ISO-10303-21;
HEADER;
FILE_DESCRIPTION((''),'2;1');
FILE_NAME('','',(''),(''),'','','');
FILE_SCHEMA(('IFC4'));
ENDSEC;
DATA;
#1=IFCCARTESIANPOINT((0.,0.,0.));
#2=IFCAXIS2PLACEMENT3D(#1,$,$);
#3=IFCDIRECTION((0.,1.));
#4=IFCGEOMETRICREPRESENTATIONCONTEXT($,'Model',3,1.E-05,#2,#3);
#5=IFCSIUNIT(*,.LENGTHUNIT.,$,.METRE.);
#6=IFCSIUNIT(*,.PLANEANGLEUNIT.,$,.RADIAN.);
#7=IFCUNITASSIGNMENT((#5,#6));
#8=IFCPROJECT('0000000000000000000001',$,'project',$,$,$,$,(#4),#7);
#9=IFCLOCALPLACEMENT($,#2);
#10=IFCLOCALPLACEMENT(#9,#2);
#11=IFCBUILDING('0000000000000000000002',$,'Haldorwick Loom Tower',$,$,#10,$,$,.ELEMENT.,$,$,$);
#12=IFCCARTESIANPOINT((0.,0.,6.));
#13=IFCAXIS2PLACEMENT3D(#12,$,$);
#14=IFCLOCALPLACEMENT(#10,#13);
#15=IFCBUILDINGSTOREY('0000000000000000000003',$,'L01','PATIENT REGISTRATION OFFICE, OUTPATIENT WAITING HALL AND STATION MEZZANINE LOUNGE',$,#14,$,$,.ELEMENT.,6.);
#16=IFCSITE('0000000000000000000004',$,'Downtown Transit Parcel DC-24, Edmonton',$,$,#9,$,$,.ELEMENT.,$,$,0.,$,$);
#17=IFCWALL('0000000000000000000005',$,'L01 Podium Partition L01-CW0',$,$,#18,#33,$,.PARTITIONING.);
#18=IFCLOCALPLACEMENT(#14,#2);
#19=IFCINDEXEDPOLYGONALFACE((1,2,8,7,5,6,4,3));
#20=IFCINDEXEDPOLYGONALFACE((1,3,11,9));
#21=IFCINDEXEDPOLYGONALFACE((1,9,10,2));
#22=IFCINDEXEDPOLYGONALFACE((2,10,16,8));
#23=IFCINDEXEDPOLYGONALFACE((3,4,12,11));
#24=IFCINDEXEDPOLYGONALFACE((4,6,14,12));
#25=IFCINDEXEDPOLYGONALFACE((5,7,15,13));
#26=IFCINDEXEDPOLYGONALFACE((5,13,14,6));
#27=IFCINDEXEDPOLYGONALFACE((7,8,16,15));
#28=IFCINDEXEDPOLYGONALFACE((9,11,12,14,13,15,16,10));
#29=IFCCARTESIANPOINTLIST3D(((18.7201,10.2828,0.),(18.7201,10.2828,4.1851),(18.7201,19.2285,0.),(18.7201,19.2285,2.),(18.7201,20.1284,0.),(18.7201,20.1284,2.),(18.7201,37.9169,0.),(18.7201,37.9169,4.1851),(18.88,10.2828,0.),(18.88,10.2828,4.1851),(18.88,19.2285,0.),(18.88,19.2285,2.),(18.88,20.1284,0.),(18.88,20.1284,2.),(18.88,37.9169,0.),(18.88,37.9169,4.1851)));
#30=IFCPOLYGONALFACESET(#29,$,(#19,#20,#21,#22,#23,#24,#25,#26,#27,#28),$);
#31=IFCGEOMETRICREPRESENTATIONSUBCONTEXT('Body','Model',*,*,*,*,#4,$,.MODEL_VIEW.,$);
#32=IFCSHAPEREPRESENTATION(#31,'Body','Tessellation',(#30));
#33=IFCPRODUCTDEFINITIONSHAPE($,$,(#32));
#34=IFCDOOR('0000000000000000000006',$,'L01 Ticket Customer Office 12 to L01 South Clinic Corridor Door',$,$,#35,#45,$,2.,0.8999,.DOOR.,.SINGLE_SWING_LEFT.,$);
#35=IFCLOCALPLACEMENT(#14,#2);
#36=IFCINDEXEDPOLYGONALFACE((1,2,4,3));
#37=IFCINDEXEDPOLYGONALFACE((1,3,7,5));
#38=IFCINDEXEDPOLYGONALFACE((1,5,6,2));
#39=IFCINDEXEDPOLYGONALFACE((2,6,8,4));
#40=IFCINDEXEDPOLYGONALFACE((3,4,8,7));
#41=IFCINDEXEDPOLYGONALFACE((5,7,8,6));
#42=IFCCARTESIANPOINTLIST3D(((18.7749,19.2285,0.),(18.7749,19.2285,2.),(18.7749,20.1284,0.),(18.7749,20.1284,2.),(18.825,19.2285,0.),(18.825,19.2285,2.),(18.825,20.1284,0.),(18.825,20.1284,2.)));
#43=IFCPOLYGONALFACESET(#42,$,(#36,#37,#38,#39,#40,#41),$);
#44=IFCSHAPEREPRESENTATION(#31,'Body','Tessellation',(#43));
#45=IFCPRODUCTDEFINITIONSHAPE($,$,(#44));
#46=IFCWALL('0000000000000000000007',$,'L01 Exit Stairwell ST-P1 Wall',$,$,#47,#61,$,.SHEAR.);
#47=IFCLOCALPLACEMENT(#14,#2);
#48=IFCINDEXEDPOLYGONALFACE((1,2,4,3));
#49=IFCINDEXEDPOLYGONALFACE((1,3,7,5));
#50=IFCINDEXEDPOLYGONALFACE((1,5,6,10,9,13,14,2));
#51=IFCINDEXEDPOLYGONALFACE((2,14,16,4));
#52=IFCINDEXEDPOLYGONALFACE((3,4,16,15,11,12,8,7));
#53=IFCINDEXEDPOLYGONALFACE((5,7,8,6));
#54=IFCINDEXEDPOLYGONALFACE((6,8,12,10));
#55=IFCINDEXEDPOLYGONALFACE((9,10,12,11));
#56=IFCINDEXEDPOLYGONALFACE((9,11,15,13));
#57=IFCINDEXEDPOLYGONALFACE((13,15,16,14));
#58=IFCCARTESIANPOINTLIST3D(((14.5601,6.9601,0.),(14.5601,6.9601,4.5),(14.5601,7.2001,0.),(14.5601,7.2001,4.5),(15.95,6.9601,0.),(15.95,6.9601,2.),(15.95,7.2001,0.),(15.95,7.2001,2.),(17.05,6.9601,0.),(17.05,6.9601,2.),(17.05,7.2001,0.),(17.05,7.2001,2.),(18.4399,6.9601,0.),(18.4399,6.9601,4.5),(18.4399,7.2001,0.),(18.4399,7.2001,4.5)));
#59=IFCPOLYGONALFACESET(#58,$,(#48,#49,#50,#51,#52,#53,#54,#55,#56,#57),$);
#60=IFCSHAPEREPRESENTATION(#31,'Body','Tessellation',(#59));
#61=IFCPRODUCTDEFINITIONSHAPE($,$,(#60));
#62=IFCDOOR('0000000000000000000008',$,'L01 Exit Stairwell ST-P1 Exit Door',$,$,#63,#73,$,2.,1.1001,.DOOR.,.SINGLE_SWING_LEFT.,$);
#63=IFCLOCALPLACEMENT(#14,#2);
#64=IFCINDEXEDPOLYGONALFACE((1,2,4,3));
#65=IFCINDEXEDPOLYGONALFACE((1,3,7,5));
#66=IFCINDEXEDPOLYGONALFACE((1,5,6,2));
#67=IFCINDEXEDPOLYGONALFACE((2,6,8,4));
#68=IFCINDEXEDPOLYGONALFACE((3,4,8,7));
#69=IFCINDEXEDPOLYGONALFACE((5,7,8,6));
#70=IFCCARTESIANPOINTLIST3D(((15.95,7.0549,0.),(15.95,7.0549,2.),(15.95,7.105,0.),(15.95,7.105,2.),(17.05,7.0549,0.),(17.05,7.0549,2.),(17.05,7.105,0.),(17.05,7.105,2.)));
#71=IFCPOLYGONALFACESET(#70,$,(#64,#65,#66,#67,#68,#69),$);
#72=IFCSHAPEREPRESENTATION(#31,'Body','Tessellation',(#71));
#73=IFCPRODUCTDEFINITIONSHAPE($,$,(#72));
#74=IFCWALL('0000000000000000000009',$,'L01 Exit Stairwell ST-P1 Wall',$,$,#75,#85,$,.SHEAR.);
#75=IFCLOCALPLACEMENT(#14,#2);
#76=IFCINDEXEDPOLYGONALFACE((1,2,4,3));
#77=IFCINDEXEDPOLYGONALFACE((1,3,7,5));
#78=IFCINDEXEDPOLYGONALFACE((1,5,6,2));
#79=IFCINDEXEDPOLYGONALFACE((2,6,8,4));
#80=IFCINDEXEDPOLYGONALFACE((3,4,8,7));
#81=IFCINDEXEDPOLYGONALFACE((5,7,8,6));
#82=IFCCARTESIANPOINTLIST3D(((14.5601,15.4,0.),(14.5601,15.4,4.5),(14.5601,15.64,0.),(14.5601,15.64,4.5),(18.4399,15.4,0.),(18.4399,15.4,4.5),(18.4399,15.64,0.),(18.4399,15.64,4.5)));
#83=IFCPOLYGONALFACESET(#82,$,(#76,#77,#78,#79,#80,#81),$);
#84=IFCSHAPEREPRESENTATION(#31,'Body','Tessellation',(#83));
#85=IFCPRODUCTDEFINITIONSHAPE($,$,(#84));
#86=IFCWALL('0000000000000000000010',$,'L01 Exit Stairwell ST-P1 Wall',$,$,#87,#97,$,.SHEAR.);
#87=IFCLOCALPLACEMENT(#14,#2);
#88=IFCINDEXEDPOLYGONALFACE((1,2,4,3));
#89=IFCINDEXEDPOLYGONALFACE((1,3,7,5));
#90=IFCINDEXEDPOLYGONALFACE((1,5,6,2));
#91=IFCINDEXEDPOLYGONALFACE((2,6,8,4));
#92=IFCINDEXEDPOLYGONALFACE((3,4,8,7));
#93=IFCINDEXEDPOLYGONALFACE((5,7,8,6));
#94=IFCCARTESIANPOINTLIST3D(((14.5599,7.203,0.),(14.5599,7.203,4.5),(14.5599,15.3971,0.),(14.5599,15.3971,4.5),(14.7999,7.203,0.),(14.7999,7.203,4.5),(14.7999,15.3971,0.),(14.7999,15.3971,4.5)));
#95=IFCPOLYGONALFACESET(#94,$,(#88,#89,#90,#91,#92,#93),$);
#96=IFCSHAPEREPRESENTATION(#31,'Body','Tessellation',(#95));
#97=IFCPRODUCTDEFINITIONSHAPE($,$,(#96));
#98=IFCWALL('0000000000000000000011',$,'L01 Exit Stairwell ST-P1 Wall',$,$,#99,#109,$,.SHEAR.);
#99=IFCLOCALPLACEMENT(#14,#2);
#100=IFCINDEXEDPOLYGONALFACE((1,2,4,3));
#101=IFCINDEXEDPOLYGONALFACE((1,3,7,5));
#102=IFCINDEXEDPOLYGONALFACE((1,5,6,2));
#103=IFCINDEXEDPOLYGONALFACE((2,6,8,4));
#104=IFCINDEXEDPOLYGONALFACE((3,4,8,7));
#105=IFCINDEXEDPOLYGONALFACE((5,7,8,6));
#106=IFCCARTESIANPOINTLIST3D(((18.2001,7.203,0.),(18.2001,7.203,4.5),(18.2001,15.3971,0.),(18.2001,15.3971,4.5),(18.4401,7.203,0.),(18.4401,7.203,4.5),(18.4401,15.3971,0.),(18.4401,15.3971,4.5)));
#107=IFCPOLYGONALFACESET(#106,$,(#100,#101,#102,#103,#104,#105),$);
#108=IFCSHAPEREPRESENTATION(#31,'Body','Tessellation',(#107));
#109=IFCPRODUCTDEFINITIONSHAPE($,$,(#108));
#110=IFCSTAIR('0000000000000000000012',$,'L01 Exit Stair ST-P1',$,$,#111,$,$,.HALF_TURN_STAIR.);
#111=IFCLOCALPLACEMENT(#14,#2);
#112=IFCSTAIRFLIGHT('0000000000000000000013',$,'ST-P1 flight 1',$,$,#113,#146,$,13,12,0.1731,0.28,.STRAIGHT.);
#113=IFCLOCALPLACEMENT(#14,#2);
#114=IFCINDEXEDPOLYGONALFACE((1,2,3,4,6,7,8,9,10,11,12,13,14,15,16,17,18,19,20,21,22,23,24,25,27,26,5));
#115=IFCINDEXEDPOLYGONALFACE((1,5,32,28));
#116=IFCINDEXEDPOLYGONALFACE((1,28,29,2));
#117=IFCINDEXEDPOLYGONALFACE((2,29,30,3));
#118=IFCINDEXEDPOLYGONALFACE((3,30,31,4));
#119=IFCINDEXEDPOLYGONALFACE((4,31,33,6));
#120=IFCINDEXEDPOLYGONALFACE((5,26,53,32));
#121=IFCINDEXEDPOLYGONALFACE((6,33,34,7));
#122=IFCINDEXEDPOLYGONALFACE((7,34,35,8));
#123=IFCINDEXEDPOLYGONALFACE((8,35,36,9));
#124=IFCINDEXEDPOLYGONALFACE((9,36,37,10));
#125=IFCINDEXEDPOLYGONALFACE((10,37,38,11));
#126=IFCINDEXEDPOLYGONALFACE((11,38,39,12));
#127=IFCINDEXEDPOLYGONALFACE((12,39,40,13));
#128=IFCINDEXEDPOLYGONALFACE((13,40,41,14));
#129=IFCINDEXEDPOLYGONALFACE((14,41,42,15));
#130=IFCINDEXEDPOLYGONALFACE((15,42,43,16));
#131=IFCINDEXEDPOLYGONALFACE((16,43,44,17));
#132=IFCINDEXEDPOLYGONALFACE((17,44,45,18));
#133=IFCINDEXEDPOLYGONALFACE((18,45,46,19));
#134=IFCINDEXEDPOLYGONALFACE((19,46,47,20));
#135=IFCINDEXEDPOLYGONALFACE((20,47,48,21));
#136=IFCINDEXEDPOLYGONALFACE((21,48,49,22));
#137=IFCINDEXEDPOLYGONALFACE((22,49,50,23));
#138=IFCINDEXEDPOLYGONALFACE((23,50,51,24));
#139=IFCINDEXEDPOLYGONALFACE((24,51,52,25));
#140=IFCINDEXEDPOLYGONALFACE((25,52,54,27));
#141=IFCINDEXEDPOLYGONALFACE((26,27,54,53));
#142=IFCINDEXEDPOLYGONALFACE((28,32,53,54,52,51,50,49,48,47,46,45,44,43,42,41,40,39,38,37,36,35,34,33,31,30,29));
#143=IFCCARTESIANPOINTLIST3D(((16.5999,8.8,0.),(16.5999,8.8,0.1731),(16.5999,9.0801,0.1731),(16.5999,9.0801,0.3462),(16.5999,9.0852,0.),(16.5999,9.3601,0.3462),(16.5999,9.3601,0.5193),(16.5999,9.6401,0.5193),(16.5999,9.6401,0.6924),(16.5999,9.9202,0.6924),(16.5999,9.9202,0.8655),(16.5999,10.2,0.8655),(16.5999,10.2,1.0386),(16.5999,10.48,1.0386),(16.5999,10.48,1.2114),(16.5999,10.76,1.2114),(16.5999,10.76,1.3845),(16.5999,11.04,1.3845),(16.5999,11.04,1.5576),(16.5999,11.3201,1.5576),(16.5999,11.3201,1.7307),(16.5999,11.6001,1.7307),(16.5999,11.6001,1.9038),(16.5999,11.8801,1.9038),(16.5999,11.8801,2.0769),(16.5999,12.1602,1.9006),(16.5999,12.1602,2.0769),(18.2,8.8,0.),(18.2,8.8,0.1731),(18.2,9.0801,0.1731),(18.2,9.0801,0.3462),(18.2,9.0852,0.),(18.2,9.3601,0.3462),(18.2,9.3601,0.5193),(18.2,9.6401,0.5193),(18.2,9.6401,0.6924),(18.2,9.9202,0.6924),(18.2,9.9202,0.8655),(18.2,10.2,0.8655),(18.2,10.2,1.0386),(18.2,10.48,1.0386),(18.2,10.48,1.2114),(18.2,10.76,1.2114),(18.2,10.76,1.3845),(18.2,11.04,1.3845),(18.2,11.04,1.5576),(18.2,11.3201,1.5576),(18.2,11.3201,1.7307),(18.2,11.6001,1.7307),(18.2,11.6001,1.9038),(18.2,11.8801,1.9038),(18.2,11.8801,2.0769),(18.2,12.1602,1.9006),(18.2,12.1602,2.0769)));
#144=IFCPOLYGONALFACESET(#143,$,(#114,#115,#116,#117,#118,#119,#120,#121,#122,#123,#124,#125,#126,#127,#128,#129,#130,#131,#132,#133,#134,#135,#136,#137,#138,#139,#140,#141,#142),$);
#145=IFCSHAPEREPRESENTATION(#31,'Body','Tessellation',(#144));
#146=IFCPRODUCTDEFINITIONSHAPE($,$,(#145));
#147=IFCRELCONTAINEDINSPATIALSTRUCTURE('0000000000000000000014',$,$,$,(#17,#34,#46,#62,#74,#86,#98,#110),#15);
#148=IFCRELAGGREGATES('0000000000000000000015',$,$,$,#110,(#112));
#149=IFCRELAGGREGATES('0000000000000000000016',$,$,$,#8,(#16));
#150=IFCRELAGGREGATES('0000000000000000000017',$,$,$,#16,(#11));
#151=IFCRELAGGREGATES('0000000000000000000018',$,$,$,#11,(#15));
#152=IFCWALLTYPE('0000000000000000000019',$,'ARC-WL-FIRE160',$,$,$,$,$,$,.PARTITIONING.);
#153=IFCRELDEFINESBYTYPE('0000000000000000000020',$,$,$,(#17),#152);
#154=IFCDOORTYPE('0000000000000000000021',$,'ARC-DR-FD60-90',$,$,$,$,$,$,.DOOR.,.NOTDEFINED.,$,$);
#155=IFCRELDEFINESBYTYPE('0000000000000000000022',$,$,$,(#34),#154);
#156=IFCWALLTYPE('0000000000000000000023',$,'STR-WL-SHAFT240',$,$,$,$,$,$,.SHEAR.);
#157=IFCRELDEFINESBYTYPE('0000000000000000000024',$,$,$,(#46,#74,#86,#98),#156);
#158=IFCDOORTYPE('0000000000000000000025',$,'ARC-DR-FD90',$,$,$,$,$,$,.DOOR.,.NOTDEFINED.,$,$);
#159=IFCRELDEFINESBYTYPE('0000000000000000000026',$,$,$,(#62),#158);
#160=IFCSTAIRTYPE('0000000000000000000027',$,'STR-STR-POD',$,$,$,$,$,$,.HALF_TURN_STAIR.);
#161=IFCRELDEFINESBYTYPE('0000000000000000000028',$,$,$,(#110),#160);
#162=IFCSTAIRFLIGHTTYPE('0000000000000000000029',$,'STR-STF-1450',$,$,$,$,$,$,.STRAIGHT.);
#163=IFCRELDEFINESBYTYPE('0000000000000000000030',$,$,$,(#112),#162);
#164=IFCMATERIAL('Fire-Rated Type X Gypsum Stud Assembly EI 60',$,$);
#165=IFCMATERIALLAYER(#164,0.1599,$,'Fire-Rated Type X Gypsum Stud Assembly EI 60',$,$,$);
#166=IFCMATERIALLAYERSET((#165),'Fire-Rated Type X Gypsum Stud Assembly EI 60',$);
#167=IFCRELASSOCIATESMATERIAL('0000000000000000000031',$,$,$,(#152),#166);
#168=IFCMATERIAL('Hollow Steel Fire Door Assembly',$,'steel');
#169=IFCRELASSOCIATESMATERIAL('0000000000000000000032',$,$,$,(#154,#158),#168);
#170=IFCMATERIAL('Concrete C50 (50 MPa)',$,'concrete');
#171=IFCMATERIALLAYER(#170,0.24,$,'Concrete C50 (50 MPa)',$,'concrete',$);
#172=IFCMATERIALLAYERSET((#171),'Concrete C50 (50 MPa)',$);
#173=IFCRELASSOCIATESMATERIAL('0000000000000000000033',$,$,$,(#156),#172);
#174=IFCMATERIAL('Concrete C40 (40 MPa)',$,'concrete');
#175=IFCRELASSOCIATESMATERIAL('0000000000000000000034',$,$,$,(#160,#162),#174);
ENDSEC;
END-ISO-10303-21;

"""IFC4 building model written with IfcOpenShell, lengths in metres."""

from ifc_helpers import new_model, si_unit, direction, frame, frame_2d, origin, place, context, subcontext, project, spatial, polyline, rectangle, outline, extrude, material, layer, layer_set, type_object, element, fill, aggregate, save


model = new_model("IFC4")

# Units and contexts
model_context = context("Model", 3, precision=1e-05, world=origin(), true_north=direction((0.0, 1.0)))
body_context = subcontext(model_context, "Body", "Model", "MODEL_VIEW")
ifc_project = project(units=[si_unit("LENGTHUNIT", "METRE"), si_unit("PLANEANGLEUNIT", "RADIAN")], contexts=[model_context])

# Site, building, storey
site_placement = place(None, origin())
site = spatial("IfcSite", under=ifc_project, at=site_placement, Name="Downtown Transit Parcel DC-24, Edmonton", CompositionType="ELEMENT", RefElevation=0.0)
building_placement = place(site_placement, origin())
building = spatial("IfcBuilding", under=site, at=building_placement, Name="Haldorwick Loom Tower", CompositionType="ELEMENT")
storey_placement = place(building_placement, frame((0.0, 0.0, 6.0)))
storey = spatial("IfcBuildingStorey", under=building, at=storey_placement, Name="L01", Description="PATIENT REGISTRATION OFFICE, OUTPATIENT WAITING HALL AND STATION MEZZANINE LOUNGE", CompositionType="ELEMENT", Elevation=6.0)

# Shared definitions
ifc_material_1 = material(Name="Fire-Rated Type X Gypsum Stud Assembly EI 60")
ifc_layer_1 = layer(ifc_material_1, 0.1599, Name="Fire-Rated Type X Gypsum Stud Assembly EI 60")
ifc_layer_set_1 = layer_set([ifc_layer_1], Name="Fire-Rated Type X Gypsum Stud Assembly EI 60")
wall_type_1 = type_object("IfcWallType", Name="ARC-WL-FIRE160", PredefinedType="PARTITIONING", material=ifc_layer_set_1)
ifc_material_2 = material(Name="Hollow Steel Fire Door Assembly", Category="steel")
door_type_1 = type_object("IfcDoorType", Name="ARC-DR-FD60-90", OperationType="NOTDEFINED", PredefinedType="DOOR", material=ifc_material_2)

# Walls, openings, doors
wall_1_placement = place(storey_placement, frame((18.8, 10.283, 0.0), z_axis=(0.0, 0.0, 1.0), x_axis=(0.0, 1.0, 0.0)))
wall_1 = element("IfcWall", 1, at=wall_1_placement, inside=storey, type_object=wall_type_1, Name="L01 Podium Partition L01-CW0", PredefinedType="PARTITIONING", context=body_context, shape_type="SweptSolid", body=[
    extrude(rectangle(XDim=27.634, YDim=0.1599, at=frame_2d((13.8169, 0.0))), origin(), (0.0, 0.0, 1.0), 4.1851),
])
opening_1_placement = place(wall_1_placement, frame((8.9456, 0.0, 0.0)))
opening_1 = element("IfcOpeningElement", 2, at=opening_1_placement, cuts=wall_1, PredefinedType="OPENING", context=body_context, shape_type="SweptSolid", body=[
    extrude(rectangle(XDim=0.8999, YDim=2.0, at=frame_2d((0.45, 1.0))), frame((0.0, 0.0898, 0.0), z_axis=(0.0, -1.0, 0.0), x_axis=(1.0, 0.0, 0.0)), (0.0, 0.0, 1.0), 0.1799),
])
door_1_placement = place(opening_1_placement, frame((0.8999, 0.0, 0.0), z_axis=(0.0, 0.0, 1.0), x_axis=(-1.0, 0.0, 0.0)))
door_1 = element("IfcDoor", 3, at=door_1_placement, inside=storey, type_object=door_type_1, Name="L01 Ticket Customer Office 12 to L01 South Clinic Corridor Door", OperationType="SINGLE_SWING_LEFT", OverallHeight=2.0, OverallWidth=0.8999, PredefinedType="DOOR", context=body_context, shape_type="SweptSolid", body=[
    extrude(rectangle(XDim=0.8999, YDim=2.0, at=frame_2d((0.45, 1.0))), frame((0.0, 0.0249, 0.0), z_axis=(0.0, -1.0, 0.0), x_axis=(1.0, 0.0, 0.0)), (0.0, 0.0, 1.0), 0.05),
])
fill(opening_1, door_1)
ifc_material_3 = material(Name="Concrete C50 (50 MPa)", Category="concrete")
ifc_layer_2 = layer(ifc_material_3, 0.24, Name="Concrete C50 (50 MPa)", Category="concrete")
ifc_layer_set_2 = layer_set([ifc_layer_2], Name="Concrete C50 (50 MPa)")
wall_type_2 = type_object("IfcWallType", Name="STR-WL-SHAFT240", PredefinedType="SHEAR", material=ifc_layer_set_2)
wall_2_placement = place(storey_placement, frame((14.5601, 7.0801, 0.0), z_axis=(0.0, 0.0, 1.0), x_axis=(1.0, 0.0, 0.0)))
wall_2 = element("IfcWall", 4, at=wall_2_placement, inside=storey, type_object=wall_type_2, Name="L01 Exit Stairwell ST-P1 Wall", PredefinedType="SHEAR", context=body_context, shape_type="SweptSolid", body=[
    extrude(rectangle(XDim=3.8799, YDim=0.24, at=frame_2d((1.9399, 0.0))), origin(), (0.0, 0.0, 1.0), 4.5),
])
opening_2_placement = place(wall_2_placement, frame((1.3899, 0.0, 0.0)))
opening_2 = element("IfcOpeningElement", 5, at=opening_2_placement, cuts=wall_2, PredefinedType="OPENING", context=body_context, shape_type="SweptSolid", body=[
    extrude(rectangle(XDim=1.1001, YDim=2.0, at=frame_2d((0.55, 1.0))), frame((0.0, 0.1299, 0.0), z_axis=(0.0, -1.0, 0.0), x_axis=(1.0, 0.0, 0.0)), (0.0, 0.0, 1.0), 0.26),
])
door_type_2 = type_object("IfcDoorType", Name="ARC-DR-FD90", OperationType="NOTDEFINED", PredefinedType="DOOR", material=ifc_material_2)
door_2_placement = place(opening_2_placement, origin())
door_2 = element("IfcDoor", 6, at=door_2_placement, inside=storey, type_object=door_type_2, Name="L01 Exit Stairwell ST-P1 Exit Door", OperationType="SINGLE_SWING_LEFT", OverallHeight=2.0, OverallWidth=1.1001, PredefinedType="DOOR", context=body_context, shape_type="SweptSolid", body=[
    extrude(rectangle(XDim=1.1001, YDim=2.0, at=frame_2d((0.55, 1.0))), frame((0.0, 0.0249, 0.0), z_axis=(0.0, -1.0, 0.0), x_axis=(1.0, 0.0, 0.0)), (0.0, 0.0, 1.0), 0.05),
])
fill(opening_2, door_2)

# Walls
wall_3_placement = place(storey_placement, frame((18.4399, 15.52, 0.0), z_axis=(0.0, 0.0, 1.0), x_axis=(-1.0, 0.0, 0.0)))
element("IfcWall", 7, at=wall_3_placement, inside=storey, type_object=wall_type_2, Name="L01 Exit Stairwell ST-P1 Wall", PredefinedType="SHEAR", context=body_context, shape_type="SweptSolid", body=[
    extrude(rectangle(XDim=3.8799, YDim=0.24, at=frame_2d((1.9399, 0.0))), origin(), (0.0, 0.0, 1.0), 4.5),
])
for number, where, z_axis, x_axis, name in (
    (8, (14.6799, 7.2029, 0.0), (0.0, 0.0, 1.0), (0.0, 1.0, 0.0), "L01 Exit Stairwell ST-P1 Wall"),
    (9, (18.3201, 7.2029, 0.0), (0.0, 0.0, 1.0), (0.0, 1.0, 0.0), "L01 Exit Stairwell ST-P1 Wall"),
):
    element("IfcWall", number, at=place(storey_placement, frame(where, z_axis=z_axis, x_axis=x_axis)), inside=storey, type_object=wall_type_2, Name=name, PredefinedType="SHEAR", context=body_context, shape_type="SweptSolid", body=[
        extrude(rectangle(XDim=8.1941, YDim=0.24, at=frame_2d((4.0972, 0.0))), origin(), (0.0, 0.0, 1.0), 4.5),
    ])

# Stair, stair flight
ifc_material_4 = material(Name="Concrete C40 (40 MPa)", Category="concrete")
stair_type = type_object("IfcStairType", Name="STR-STR-POD", PredefinedType="HALF_TURN_STAIR", material=ifc_material_4)
stair_placement = place(storey_placement, origin())
stair = element("IfcStair", 10, at=stair_placement, inside=storey, type_object=stair_type, Name="L01 Exit Stair ST-P1", PredefinedType="HALF_TURN_STAIR")
stair_flight_type = type_object("IfcStairFlightType", Name="STR-STF-1450", PredefinedType="STRAIGHT", material=ifc_material_4)
stair_flight_1_placement = place(storey_placement, frame((17.3999, 8.8, 0.0), z_axis=(0.0, 0.0, 1.0), x_axis=(0.0, 1.0, 0.0)))
stair_flight_1 = element("IfcStairFlight", 11, at=stair_flight_1_placement, type_object=stair_flight_type, Name="ST-P1 flight 1", NumberOfRisers=13, NumberOfTreads=12, PredefinedType="STRAIGHT", RiserHeight=0.1731, TreadLength=0.28, context=body_context, shape_type="SweptSolid", body=[
    extrude(outline(polyline([(0.0, 0.0), (0.0, 0.1731), (0.28, 0.1731), (0.28, 0.3462), (0.5601, 0.3462), (0.5601, 0.5193), (0.8401, 0.5193), (0.8401, 0.6924), (1.1201, 0.6924), (1.1201, 0.8655), (1.3999, 0.8655), (1.3999, 1.0386), (1.6799, 1.0386), (1.6799, 1.2114), (1.96, 1.2114), (1.96, 1.3845), (2.24, 1.3845), (2.24, 1.5576), (2.52, 1.5576), (2.52, 1.7307), (2.8, 1.7307), (2.8, 1.9038), (3.0801, 1.9038), (3.0801, 2.0769), (3.3601, 2.0769), (3.3601, 2.25), (3.3601, 1.9006), (0.2852, 0.0), (0.0, 0.0)])), frame((0.0, 0.8, 0.0), z_axis=(0.0, -1.0, 0.0), x_axis=(1.0, 0.0, 0.0)), (0.0, 0.0, 1.0), 1.6001),
])
aggregate(stair, [stair_flight_1])

save(model, "model.ifc")
